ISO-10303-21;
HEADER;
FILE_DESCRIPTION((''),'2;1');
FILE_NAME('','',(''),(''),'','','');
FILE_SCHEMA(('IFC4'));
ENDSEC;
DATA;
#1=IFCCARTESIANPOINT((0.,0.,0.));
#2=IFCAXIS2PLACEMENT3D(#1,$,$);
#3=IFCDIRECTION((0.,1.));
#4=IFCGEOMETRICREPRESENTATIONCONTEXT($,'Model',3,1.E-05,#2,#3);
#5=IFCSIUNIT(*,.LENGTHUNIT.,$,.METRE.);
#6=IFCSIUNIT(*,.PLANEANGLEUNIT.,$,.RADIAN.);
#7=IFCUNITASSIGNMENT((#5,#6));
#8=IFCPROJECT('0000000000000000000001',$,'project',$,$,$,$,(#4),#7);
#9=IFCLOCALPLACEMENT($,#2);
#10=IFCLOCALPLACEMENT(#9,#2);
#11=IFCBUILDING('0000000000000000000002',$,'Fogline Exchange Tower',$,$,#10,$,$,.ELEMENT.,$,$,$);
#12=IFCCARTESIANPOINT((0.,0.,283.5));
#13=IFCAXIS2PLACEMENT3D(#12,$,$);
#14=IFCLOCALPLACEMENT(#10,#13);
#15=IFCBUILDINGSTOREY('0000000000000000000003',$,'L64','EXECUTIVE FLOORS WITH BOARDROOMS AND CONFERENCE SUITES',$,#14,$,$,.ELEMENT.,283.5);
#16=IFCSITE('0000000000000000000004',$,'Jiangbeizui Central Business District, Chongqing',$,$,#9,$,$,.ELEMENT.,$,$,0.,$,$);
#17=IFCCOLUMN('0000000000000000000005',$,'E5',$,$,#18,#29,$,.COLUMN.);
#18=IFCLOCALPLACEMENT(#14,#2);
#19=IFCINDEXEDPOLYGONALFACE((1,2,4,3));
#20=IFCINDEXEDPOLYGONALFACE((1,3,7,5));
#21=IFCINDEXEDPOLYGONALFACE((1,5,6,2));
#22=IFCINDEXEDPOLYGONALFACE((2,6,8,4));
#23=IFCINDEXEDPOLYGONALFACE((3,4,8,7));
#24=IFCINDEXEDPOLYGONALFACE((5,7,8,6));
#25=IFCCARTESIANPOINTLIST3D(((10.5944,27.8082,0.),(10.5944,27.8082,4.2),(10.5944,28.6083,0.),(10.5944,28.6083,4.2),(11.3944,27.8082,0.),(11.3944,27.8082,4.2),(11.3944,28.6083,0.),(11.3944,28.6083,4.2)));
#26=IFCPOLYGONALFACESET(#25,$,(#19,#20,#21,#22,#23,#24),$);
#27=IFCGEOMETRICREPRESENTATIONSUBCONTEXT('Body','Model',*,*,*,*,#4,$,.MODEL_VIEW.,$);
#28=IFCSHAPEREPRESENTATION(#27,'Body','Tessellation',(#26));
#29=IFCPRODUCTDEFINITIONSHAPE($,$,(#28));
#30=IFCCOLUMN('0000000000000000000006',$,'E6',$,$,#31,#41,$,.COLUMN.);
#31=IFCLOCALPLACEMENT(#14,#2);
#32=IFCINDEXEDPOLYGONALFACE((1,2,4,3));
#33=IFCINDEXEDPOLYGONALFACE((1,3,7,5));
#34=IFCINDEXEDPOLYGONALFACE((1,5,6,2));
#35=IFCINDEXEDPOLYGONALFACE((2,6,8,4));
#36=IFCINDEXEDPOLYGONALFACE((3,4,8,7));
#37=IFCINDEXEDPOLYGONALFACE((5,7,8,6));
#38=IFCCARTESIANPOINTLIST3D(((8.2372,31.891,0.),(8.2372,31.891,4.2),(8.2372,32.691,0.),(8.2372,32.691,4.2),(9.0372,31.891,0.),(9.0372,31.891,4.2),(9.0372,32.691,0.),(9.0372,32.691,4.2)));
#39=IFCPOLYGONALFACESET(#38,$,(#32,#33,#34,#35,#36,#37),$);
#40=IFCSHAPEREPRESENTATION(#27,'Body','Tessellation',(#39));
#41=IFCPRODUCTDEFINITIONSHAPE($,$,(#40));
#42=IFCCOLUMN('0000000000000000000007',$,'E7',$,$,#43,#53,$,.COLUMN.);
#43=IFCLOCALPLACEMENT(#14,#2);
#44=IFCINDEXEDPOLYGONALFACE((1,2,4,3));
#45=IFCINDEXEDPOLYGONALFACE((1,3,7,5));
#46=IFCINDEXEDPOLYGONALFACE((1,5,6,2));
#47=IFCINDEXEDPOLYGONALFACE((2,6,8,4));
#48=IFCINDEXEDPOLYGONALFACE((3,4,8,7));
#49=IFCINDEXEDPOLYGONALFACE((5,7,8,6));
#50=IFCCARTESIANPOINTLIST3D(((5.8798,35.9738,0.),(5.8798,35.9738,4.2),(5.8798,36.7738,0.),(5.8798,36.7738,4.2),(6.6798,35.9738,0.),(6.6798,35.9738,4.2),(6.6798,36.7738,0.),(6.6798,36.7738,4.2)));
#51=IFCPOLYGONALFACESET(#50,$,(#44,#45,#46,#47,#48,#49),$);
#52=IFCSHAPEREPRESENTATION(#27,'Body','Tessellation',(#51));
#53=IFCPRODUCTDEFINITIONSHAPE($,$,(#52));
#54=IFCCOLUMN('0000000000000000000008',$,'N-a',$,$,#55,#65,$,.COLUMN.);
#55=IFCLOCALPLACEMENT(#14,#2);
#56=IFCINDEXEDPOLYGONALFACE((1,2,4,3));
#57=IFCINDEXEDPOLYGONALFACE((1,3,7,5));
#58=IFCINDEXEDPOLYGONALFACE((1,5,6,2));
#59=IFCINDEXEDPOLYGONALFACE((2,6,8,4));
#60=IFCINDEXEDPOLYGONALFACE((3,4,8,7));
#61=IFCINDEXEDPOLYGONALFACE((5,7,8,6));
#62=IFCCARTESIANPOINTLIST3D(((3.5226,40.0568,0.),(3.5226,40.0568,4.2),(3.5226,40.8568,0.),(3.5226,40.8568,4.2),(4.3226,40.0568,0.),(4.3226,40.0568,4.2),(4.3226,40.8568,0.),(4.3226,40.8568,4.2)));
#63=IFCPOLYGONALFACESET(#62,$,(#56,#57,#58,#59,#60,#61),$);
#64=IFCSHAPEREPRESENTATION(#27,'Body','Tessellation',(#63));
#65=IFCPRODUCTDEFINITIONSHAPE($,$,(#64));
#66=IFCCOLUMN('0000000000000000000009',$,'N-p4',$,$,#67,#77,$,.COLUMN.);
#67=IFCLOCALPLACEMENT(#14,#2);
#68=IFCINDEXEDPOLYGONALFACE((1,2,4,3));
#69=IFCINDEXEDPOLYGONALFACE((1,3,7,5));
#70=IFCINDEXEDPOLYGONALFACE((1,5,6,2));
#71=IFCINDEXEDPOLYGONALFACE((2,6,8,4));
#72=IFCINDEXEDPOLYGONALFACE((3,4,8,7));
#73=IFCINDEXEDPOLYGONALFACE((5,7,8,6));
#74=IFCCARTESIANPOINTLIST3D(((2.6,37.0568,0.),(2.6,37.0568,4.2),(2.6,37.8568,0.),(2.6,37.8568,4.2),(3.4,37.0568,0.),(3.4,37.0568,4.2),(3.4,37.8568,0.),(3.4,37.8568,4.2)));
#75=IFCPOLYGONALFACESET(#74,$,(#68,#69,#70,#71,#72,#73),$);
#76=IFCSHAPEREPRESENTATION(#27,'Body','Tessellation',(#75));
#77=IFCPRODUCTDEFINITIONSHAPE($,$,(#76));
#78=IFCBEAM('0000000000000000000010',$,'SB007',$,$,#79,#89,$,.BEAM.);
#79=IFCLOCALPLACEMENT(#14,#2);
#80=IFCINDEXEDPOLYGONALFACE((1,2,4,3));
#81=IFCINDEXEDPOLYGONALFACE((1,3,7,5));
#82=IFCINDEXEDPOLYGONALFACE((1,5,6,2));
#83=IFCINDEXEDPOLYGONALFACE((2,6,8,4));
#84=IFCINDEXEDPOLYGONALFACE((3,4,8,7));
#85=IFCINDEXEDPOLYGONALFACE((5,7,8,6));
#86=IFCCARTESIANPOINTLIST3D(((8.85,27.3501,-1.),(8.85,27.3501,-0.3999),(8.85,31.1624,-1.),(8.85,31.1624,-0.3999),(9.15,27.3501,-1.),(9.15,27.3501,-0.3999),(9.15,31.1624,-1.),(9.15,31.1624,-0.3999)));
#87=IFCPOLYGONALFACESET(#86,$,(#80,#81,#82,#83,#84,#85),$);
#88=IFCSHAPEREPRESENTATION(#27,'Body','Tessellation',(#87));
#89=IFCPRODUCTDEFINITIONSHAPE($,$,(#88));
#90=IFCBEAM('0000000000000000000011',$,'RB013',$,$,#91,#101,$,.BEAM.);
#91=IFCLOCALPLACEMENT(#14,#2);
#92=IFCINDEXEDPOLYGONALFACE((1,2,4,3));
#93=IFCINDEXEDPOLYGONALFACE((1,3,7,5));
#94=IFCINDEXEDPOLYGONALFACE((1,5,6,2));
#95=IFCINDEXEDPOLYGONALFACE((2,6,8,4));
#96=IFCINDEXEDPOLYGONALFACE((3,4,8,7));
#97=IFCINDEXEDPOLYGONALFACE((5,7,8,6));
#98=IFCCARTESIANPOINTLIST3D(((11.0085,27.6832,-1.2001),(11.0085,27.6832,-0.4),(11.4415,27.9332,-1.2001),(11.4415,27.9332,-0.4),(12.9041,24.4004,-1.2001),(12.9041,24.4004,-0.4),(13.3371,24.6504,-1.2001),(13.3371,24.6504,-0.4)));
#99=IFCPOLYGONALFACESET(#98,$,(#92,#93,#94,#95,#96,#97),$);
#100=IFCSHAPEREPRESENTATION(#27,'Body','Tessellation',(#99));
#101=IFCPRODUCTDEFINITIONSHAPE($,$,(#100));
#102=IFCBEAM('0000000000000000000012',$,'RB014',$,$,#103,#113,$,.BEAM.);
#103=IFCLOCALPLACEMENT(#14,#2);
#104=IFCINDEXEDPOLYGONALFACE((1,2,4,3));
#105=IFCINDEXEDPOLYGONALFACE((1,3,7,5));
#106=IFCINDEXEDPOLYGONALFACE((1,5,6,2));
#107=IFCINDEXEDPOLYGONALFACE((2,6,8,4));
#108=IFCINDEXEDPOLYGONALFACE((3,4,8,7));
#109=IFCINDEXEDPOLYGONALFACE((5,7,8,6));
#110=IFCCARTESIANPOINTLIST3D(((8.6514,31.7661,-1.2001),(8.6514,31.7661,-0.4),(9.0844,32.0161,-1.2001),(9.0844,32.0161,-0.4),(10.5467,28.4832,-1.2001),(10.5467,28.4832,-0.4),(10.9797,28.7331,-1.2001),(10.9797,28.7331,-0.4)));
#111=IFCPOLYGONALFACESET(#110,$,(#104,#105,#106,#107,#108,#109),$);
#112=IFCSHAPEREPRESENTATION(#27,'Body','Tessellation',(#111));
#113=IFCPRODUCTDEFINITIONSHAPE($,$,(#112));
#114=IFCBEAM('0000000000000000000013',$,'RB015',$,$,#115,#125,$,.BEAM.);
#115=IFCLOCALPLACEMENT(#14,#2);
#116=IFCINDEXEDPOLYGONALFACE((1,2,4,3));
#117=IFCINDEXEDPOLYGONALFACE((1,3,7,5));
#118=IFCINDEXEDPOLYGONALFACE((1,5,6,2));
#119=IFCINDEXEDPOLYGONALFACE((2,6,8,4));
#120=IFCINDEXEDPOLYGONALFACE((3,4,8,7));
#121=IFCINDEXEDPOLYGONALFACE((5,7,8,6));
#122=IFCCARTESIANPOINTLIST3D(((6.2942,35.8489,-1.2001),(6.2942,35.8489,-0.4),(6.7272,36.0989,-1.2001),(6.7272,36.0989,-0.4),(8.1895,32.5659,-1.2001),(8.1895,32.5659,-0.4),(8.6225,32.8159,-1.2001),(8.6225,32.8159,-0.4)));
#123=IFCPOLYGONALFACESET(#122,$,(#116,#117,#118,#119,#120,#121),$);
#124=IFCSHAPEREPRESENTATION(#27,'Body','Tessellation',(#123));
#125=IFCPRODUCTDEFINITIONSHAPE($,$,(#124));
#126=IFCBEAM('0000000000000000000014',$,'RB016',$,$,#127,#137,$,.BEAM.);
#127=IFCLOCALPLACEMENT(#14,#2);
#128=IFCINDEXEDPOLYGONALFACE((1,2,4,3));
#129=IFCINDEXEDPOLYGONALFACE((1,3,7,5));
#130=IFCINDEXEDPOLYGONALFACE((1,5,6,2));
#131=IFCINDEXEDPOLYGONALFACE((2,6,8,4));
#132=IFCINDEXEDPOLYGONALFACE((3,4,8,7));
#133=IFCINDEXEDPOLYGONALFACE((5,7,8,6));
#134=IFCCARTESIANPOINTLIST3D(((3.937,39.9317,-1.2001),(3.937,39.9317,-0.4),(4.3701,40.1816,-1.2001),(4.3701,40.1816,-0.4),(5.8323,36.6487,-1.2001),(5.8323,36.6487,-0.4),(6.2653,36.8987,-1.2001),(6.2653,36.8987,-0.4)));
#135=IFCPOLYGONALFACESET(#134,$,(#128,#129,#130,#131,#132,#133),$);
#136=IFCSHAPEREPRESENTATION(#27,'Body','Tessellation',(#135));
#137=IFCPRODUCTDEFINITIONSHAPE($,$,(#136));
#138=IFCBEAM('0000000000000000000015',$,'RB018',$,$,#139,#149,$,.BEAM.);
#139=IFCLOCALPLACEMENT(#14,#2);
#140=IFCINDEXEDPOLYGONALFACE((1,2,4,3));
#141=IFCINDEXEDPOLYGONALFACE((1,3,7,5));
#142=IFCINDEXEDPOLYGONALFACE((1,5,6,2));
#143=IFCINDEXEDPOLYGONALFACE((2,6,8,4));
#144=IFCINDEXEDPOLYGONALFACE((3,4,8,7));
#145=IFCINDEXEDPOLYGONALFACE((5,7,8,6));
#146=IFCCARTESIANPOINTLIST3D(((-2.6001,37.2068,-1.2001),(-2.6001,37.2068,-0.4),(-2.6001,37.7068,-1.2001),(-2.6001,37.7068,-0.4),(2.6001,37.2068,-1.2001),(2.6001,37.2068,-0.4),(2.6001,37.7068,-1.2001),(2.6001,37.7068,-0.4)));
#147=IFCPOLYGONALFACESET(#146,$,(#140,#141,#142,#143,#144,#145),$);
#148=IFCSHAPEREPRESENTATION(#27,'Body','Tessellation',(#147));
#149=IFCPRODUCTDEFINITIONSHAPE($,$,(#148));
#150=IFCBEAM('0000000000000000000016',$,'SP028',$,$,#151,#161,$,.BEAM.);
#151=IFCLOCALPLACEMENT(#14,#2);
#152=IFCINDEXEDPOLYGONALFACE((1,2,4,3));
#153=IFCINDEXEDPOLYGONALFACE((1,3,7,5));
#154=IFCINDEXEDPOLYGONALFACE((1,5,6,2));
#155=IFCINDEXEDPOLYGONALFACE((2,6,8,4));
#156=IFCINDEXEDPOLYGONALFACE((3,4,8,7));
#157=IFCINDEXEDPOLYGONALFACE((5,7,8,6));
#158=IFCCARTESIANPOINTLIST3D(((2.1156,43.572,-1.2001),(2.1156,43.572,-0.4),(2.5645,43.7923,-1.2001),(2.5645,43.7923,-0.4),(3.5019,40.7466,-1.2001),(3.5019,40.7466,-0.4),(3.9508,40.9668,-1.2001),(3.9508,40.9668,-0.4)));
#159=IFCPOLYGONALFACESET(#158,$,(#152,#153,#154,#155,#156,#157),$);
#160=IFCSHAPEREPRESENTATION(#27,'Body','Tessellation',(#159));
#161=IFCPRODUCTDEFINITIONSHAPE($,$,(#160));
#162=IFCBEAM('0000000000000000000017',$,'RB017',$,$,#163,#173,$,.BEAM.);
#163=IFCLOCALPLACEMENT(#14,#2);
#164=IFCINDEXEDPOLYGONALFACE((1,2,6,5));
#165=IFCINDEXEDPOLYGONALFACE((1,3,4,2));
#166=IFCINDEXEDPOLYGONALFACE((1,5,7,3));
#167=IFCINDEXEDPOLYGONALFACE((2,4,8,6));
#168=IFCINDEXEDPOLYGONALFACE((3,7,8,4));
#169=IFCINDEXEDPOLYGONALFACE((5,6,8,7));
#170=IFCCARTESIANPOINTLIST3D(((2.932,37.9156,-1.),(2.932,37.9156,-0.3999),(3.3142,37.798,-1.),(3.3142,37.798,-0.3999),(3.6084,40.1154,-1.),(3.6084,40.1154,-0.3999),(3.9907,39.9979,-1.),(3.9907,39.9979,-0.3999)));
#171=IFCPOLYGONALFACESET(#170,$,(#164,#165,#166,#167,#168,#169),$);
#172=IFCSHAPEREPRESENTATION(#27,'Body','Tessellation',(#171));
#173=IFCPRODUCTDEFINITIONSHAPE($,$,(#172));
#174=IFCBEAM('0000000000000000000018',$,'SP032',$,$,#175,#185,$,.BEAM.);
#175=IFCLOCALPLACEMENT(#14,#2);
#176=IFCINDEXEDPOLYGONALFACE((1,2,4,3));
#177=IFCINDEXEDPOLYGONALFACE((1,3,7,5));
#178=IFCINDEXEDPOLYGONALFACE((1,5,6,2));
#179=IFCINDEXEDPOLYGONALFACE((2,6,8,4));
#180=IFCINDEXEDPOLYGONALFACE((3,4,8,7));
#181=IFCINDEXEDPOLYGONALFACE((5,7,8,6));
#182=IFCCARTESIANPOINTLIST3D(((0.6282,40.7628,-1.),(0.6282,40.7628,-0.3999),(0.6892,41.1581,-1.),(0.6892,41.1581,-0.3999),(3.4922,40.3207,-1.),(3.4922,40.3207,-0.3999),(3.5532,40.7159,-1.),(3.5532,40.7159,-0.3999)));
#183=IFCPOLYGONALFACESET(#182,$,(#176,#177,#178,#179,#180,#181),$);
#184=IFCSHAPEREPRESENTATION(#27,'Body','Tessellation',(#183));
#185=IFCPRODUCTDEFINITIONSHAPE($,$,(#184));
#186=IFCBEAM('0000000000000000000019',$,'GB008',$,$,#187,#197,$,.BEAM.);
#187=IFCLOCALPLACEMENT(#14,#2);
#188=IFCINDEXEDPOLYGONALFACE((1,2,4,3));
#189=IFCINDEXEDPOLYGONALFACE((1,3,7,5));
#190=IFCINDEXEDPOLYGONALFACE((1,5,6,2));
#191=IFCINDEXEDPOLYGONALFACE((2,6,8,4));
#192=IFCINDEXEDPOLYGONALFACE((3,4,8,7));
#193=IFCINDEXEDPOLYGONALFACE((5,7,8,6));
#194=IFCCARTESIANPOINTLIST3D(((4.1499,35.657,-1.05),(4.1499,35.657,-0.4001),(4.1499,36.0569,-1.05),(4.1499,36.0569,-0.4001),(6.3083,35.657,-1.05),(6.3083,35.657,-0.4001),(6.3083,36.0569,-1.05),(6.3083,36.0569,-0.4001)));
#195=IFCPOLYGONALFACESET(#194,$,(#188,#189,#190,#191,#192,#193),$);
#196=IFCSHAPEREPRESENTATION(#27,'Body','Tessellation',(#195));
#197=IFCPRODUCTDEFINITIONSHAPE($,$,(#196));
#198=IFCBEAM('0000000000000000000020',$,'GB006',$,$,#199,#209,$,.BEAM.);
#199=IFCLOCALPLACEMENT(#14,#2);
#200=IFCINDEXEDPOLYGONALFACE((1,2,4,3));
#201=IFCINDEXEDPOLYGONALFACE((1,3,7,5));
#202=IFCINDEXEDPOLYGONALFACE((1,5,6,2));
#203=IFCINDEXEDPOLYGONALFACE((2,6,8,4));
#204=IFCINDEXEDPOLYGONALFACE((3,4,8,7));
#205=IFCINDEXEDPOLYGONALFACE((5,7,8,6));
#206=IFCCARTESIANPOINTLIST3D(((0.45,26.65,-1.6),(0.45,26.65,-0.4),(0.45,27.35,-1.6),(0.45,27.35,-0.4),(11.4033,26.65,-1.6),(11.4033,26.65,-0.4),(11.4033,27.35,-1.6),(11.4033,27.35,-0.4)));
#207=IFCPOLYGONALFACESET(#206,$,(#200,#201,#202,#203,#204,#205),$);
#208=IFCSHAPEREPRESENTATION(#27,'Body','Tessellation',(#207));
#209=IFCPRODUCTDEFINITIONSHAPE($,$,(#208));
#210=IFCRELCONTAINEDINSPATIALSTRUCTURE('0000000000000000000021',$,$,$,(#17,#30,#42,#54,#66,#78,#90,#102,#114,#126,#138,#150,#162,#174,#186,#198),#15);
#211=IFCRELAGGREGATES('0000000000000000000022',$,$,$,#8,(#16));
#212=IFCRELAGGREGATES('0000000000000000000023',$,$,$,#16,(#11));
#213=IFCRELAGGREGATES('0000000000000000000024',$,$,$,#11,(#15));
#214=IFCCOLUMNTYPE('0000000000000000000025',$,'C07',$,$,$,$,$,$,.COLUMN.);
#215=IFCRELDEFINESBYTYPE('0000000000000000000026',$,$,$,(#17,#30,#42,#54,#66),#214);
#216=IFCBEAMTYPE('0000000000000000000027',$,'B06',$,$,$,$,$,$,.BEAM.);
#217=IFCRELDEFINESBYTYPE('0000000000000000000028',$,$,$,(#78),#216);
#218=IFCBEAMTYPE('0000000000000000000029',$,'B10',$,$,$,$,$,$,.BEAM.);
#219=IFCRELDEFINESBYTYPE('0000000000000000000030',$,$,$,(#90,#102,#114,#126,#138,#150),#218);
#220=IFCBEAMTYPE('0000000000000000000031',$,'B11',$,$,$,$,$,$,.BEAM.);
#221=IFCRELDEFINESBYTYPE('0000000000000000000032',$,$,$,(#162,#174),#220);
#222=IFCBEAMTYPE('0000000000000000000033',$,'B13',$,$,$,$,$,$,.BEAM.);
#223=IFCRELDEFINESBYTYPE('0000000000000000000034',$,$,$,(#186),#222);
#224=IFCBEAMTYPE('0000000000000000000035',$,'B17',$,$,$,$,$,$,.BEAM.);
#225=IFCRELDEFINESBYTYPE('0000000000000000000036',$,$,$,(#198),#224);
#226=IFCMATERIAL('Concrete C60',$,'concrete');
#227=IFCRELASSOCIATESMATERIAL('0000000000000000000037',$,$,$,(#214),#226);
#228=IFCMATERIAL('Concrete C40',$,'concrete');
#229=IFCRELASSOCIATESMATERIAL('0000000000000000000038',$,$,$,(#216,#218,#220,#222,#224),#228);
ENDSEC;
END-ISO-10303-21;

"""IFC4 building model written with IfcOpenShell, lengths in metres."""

from ifc_helpers import new_model, si_unit, direction, frame, origin, origin_2d, place, context, subcontext, project, spatial, rectangle, extrude, material, material_profile, profile_set, type_object, element, save


model = new_model("IFC4")

# Units and contexts
model_context = context("Model", 3, precision=1e-05, world=origin(), true_north=direction((0.0, 1.0)))
body_context = subcontext(model_context, "Body", "Model", "MODEL_VIEW")
ifc_project = project(units=[si_unit("LENGTHUNIT", "METRE"), si_unit("PLANEANGLEUNIT", "RADIAN")], contexts=[model_context])

# Site, building, storey
site_placement = place(None, origin())
site = spatial("IfcSite", under=ifc_project, at=site_placement, Name="Jiangbeizui Central Business District, Chongqing", CompositionType="ELEMENT", RefElevation=0.0)
building_placement = place(site_placement, origin())
building = spatial("IfcBuilding", under=site, at=building_placement, Name="Fogline Exchange Tower", CompositionType="ELEMENT")
storey_placement = place(building_placement, frame((0.0, 0.0, 283.5)))
storey = spatial("IfcBuildingStorey", under=building, at=storey_placement, Name="L64", Description="EXECUTIVE FLOORS WITH BOARDROOMS AND CONFERENCE SUITES", CompositionType="ELEMENT", Elevation=283.5)

# Columns
ifc_material_1 = material(Name="Concrete C60", Category="concrete")
ifc_material_profile_1 = material_profile(ifc_material_1, rectangle(XDim=0.8, YDim=0.8, at=origin_2d()), Name="RC 800x800")
ifc_profile_set_1 = profile_set([ifc_material_profile_1], Name="Concrete C60")
column_type = type_object("IfcColumnType", Name="C07", PredefinedType="COLUMN", material=ifc_profile_set_1)
for number, where, z_axis, x_axis, name in (
    (1, (10.9944, 28.2083, 0.0), (0.0, 0.0, 1.0), (1.0, 0.0, 0.0), "E5"),
    (2, (8.6372, 32.291, 0.0), (0.0, 0.0, 1.0), (1.0, 0.0, 0.0), "E6"),
    (3, (6.2798, 36.3738, 0.0), (0.0, 0.0, 1.0), (1.0, 0.0, 0.0), "E7"),
    (4, (3.9226, 40.4568, 0.0), (0.0, 0.0, 1.0), (1.0, 0.0, 0.0), "N-a"),
    (5, (3.0, 37.4568, 0.0), (0.0, 0.0, 1.0), (1.0, 0.0, 0.0), "N-p4"),
):
    element("IfcColumn", number, at=place(storey_placement, frame(where, z_axis=z_axis, x_axis=x_axis)), inside=storey, type_object=column_type, Name=name, PredefinedType="COLUMN", context=body_context, shape_type="SweptSolid", body=[
        extrude(rectangle(XDim=0.8, YDim=0.8, at=origin_2d()), origin(), (0.0, 0.0, 1.0), 4.2),
    ])

# Beams
ifc_material_2 = material(Name="Concrete C40", Category="concrete")
ifc_material_profile_2 = material_profile(ifc_material_2, rectangle(XDim=0.3, YDim=0.6001, at=origin_2d()), Name="RC 300x600")
ifc_profile_set_2 = profile_set([ifc_material_profile_2], Name="Concrete C40")
beam_type_1 = type_object("IfcBeamType", Name="B06", PredefinedType="BEAM", material=ifc_profile_set_2)
beam_1_placement = place(storey_placement, frame((9.0, 27.3501, -0.7), z_axis=(0.0, 1.0, 0.0), x_axis=(-1.0, 0.0, 0.0)))
element("IfcBeam", 6, at=beam_1_placement, inside=storey, type_object=beam_type_1, Name="SB007", PredefinedType="BEAM", context=body_context, shape_type="SweptSolid", body=[
    extrude(rectangle(XDim=0.3, YDim=0.6001, at=origin_2d()), origin(), (0.0, 0.0, 1.0), 3.8123),
])
ifc_material_profile_3 = material_profile(ifc_material_2, rectangle(XDim=0.5, YDim=0.8, at=origin_2d()), Name="RC 500x800")
ifc_profile_set_3 = profile_set([ifc_material_profile_3], Name="Concrete C40")
beam_type_2 = type_object("IfcBeamType", Name="B10", PredefinedType="BEAM", material=ifc_profile_set_3)
for number, where, z_axis, x_axis, name in (
    (7, (13.1206, 24.5254, -0.8), (-0.500046, 0.865999, 0.0), (-0.865999, -0.500046, 0.0), "RB013"),
    (8, (10.7632, 28.6082, -0.8), (-0.49997, 0.866043, 0.0), (-0.866043, -0.49997, 0.0), "RB014"),
    (9, (8.406, 32.6909, -0.8), (-0.49997, 0.866043, 0.0), (-0.866043, -0.49997, 0.0), "RB015"),
    (10, (6.0488, 36.7737, -0.8), (-0.49997, 0.866043, 0.0), (-0.866043, -0.49997, 0.0), "RB016"),
):
    element("IfcBeam", number, at=place(storey_placement, frame(where, z_axis=z_axis, x_axis=x_axis)), inside=storey, type_object=beam_type_2, Name=name, PredefinedType="BEAM", context=body_context, shape_type="SweptSolid", body=[
        extrude(rectangle(XDim=0.5, YDim=0.8, at=origin_2d()), origin(), (0.0, 0.0, 1.0), 3.7908),
    ])
beam_2_placement = place(storey_placement, frame((2.6001, 37.4568, -0.8), z_axis=(-1.0, 0.0, 0.0), x_axis=(0.0, -1.0, 0.0)))
element("IfcBeam", 11, at=beam_2_placement, inside=storey, type_object=beam_type_2, Name="RB018", PredefinedType="BEAM", context=body_context, shape_type="SweptSolid", body=[
    extrude(rectangle(XDim=0.5, YDim=0.8, at=origin_2d()), origin(), (0.0, 0.0, 1.0), 5.2002),
])
beam_3_placement = place(storey_placement, frame((3.7263, 40.8567, -0.8), z_axis=(-0.440467, 0.897769, 0.0), x_axis=(-0.897769, -0.440467, 0.0)))
element("IfcBeam", 12, at=beam_3_placement, inside=storey, type_object=beam_type_2, Name="SP028", PredefinedType="BEAM", context=body_context, shape_type="SweptSolid", body=[
    extrude(rectangle(XDim=0.5, YDim=0.8, at=origin_2d()), origin(), (0.0, 0.0, 1.0), 3.1472),
])
ifc_material_profile_4 = material_profile(ifc_material_2, rectangle(XDim=0.3999, YDim=0.6001, at=origin_2d()), Name="RC 400x600")
ifc_profile_set_4 = profile_set([ifc_material_profile_4], Name="Concrete C40")
beam_type_3 = type_object("IfcBeamType", Name="B11", PredefinedType="BEAM", material=ifc_profile_set_4)
beam_4_placement = place(storey_placement, frame((3.7996, 40.0566, -0.7), z_axis=(-0.293929, -0.955827, 0.0), x_axis=(0.955827, -0.293929, 0.0)))
element("IfcBeam", 13, at=beam_4_placement, inside=storey, type_object=beam_type_3, Name="RB017", PredefinedType="BEAM", context=body_context, shape_type="SweptSolid", body=[
    extrude(rectangle(XDim=0.3999, YDim=0.6001, at=origin_2d()), origin(), (0.0, 0.0, 1.0), 2.3015),
])
beam_5_placement = place(storey_placement, frame((3.5227, 40.5183, -0.7), z_axis=(-0.988293, 0.15257, 0.0), x_axis=(-0.15257, -0.988293, 0.0)))
element("IfcBeam", 14, at=beam_5_placement, inside=storey, type_object=beam_type_3, Name="SP032", PredefinedType="BEAM", context=body_context, shape_type="SweptSolid", body=[
    extrude(rectangle(XDim=0.3999, YDim=0.6001, at=origin_2d()), origin(), (0.0, 0.0, 1.0), 2.8979),
])
ifc_material_profile_5 = material_profile(ifc_material_2, rectangle(XDim=0.3999, YDim=0.6499, at=origin_2d()), Name="RC 400x650")
ifc_profile_set_5 = profile_set([ifc_material_profile_5], Name="Concrete C40")
beam_type_4 = type_object("IfcBeamType", Name="B13", PredefinedType="BEAM", material=ifc_profile_set_5)
beam_6_placement = place(storey_placement, frame((4.1499, 35.8569, -0.7251), z_axis=(1.0, 0.0, 0.0), x_axis=(0.0, 1.0, 0.0)))
element("IfcBeam", 15, at=beam_6_placement, inside=storey, type_object=beam_type_4, Name="GB008", PredefinedType="BEAM", context=body_context, shape_type="SweptSolid", body=[
    extrude(rectangle(XDim=0.3999, YDim=0.6499, at=origin_2d()), origin(), (0.0, 0.0, 1.0), 2.1584),
])
ifc_material_profile_6 = material_profile(ifc_material_2, rectangle(XDim=0.7, YDim=1.2, at=origin_2d()), Name="RC 700x1200")
ifc_profile_set_6 = profile_set([ifc_material_profile_6], Name="Concrete C40")
beam_type_5 = type_object("IfcBeamType", Name="B17", PredefinedType="BEAM", material=ifc_profile_set_6)
beam_7_placement = place(storey_placement, frame((0.45, 27.0, -1.0), z_axis=(1.0, 0.0, 0.0), x_axis=(0.0, 1.0, 0.0)))
element("IfcBeam", 16, at=beam_7_placement, inside=storey, type_object=beam_type_5, Name="GB006", PredefinedType="BEAM", context=body_context, shape_type="SweptSolid", body=[
    extrude(rectangle(XDim=0.7, YDim=1.2, at=origin_2d()), origin(), (0.0, 0.0, 1.0), 10.9534),
])

save(model, "model.ifc")
